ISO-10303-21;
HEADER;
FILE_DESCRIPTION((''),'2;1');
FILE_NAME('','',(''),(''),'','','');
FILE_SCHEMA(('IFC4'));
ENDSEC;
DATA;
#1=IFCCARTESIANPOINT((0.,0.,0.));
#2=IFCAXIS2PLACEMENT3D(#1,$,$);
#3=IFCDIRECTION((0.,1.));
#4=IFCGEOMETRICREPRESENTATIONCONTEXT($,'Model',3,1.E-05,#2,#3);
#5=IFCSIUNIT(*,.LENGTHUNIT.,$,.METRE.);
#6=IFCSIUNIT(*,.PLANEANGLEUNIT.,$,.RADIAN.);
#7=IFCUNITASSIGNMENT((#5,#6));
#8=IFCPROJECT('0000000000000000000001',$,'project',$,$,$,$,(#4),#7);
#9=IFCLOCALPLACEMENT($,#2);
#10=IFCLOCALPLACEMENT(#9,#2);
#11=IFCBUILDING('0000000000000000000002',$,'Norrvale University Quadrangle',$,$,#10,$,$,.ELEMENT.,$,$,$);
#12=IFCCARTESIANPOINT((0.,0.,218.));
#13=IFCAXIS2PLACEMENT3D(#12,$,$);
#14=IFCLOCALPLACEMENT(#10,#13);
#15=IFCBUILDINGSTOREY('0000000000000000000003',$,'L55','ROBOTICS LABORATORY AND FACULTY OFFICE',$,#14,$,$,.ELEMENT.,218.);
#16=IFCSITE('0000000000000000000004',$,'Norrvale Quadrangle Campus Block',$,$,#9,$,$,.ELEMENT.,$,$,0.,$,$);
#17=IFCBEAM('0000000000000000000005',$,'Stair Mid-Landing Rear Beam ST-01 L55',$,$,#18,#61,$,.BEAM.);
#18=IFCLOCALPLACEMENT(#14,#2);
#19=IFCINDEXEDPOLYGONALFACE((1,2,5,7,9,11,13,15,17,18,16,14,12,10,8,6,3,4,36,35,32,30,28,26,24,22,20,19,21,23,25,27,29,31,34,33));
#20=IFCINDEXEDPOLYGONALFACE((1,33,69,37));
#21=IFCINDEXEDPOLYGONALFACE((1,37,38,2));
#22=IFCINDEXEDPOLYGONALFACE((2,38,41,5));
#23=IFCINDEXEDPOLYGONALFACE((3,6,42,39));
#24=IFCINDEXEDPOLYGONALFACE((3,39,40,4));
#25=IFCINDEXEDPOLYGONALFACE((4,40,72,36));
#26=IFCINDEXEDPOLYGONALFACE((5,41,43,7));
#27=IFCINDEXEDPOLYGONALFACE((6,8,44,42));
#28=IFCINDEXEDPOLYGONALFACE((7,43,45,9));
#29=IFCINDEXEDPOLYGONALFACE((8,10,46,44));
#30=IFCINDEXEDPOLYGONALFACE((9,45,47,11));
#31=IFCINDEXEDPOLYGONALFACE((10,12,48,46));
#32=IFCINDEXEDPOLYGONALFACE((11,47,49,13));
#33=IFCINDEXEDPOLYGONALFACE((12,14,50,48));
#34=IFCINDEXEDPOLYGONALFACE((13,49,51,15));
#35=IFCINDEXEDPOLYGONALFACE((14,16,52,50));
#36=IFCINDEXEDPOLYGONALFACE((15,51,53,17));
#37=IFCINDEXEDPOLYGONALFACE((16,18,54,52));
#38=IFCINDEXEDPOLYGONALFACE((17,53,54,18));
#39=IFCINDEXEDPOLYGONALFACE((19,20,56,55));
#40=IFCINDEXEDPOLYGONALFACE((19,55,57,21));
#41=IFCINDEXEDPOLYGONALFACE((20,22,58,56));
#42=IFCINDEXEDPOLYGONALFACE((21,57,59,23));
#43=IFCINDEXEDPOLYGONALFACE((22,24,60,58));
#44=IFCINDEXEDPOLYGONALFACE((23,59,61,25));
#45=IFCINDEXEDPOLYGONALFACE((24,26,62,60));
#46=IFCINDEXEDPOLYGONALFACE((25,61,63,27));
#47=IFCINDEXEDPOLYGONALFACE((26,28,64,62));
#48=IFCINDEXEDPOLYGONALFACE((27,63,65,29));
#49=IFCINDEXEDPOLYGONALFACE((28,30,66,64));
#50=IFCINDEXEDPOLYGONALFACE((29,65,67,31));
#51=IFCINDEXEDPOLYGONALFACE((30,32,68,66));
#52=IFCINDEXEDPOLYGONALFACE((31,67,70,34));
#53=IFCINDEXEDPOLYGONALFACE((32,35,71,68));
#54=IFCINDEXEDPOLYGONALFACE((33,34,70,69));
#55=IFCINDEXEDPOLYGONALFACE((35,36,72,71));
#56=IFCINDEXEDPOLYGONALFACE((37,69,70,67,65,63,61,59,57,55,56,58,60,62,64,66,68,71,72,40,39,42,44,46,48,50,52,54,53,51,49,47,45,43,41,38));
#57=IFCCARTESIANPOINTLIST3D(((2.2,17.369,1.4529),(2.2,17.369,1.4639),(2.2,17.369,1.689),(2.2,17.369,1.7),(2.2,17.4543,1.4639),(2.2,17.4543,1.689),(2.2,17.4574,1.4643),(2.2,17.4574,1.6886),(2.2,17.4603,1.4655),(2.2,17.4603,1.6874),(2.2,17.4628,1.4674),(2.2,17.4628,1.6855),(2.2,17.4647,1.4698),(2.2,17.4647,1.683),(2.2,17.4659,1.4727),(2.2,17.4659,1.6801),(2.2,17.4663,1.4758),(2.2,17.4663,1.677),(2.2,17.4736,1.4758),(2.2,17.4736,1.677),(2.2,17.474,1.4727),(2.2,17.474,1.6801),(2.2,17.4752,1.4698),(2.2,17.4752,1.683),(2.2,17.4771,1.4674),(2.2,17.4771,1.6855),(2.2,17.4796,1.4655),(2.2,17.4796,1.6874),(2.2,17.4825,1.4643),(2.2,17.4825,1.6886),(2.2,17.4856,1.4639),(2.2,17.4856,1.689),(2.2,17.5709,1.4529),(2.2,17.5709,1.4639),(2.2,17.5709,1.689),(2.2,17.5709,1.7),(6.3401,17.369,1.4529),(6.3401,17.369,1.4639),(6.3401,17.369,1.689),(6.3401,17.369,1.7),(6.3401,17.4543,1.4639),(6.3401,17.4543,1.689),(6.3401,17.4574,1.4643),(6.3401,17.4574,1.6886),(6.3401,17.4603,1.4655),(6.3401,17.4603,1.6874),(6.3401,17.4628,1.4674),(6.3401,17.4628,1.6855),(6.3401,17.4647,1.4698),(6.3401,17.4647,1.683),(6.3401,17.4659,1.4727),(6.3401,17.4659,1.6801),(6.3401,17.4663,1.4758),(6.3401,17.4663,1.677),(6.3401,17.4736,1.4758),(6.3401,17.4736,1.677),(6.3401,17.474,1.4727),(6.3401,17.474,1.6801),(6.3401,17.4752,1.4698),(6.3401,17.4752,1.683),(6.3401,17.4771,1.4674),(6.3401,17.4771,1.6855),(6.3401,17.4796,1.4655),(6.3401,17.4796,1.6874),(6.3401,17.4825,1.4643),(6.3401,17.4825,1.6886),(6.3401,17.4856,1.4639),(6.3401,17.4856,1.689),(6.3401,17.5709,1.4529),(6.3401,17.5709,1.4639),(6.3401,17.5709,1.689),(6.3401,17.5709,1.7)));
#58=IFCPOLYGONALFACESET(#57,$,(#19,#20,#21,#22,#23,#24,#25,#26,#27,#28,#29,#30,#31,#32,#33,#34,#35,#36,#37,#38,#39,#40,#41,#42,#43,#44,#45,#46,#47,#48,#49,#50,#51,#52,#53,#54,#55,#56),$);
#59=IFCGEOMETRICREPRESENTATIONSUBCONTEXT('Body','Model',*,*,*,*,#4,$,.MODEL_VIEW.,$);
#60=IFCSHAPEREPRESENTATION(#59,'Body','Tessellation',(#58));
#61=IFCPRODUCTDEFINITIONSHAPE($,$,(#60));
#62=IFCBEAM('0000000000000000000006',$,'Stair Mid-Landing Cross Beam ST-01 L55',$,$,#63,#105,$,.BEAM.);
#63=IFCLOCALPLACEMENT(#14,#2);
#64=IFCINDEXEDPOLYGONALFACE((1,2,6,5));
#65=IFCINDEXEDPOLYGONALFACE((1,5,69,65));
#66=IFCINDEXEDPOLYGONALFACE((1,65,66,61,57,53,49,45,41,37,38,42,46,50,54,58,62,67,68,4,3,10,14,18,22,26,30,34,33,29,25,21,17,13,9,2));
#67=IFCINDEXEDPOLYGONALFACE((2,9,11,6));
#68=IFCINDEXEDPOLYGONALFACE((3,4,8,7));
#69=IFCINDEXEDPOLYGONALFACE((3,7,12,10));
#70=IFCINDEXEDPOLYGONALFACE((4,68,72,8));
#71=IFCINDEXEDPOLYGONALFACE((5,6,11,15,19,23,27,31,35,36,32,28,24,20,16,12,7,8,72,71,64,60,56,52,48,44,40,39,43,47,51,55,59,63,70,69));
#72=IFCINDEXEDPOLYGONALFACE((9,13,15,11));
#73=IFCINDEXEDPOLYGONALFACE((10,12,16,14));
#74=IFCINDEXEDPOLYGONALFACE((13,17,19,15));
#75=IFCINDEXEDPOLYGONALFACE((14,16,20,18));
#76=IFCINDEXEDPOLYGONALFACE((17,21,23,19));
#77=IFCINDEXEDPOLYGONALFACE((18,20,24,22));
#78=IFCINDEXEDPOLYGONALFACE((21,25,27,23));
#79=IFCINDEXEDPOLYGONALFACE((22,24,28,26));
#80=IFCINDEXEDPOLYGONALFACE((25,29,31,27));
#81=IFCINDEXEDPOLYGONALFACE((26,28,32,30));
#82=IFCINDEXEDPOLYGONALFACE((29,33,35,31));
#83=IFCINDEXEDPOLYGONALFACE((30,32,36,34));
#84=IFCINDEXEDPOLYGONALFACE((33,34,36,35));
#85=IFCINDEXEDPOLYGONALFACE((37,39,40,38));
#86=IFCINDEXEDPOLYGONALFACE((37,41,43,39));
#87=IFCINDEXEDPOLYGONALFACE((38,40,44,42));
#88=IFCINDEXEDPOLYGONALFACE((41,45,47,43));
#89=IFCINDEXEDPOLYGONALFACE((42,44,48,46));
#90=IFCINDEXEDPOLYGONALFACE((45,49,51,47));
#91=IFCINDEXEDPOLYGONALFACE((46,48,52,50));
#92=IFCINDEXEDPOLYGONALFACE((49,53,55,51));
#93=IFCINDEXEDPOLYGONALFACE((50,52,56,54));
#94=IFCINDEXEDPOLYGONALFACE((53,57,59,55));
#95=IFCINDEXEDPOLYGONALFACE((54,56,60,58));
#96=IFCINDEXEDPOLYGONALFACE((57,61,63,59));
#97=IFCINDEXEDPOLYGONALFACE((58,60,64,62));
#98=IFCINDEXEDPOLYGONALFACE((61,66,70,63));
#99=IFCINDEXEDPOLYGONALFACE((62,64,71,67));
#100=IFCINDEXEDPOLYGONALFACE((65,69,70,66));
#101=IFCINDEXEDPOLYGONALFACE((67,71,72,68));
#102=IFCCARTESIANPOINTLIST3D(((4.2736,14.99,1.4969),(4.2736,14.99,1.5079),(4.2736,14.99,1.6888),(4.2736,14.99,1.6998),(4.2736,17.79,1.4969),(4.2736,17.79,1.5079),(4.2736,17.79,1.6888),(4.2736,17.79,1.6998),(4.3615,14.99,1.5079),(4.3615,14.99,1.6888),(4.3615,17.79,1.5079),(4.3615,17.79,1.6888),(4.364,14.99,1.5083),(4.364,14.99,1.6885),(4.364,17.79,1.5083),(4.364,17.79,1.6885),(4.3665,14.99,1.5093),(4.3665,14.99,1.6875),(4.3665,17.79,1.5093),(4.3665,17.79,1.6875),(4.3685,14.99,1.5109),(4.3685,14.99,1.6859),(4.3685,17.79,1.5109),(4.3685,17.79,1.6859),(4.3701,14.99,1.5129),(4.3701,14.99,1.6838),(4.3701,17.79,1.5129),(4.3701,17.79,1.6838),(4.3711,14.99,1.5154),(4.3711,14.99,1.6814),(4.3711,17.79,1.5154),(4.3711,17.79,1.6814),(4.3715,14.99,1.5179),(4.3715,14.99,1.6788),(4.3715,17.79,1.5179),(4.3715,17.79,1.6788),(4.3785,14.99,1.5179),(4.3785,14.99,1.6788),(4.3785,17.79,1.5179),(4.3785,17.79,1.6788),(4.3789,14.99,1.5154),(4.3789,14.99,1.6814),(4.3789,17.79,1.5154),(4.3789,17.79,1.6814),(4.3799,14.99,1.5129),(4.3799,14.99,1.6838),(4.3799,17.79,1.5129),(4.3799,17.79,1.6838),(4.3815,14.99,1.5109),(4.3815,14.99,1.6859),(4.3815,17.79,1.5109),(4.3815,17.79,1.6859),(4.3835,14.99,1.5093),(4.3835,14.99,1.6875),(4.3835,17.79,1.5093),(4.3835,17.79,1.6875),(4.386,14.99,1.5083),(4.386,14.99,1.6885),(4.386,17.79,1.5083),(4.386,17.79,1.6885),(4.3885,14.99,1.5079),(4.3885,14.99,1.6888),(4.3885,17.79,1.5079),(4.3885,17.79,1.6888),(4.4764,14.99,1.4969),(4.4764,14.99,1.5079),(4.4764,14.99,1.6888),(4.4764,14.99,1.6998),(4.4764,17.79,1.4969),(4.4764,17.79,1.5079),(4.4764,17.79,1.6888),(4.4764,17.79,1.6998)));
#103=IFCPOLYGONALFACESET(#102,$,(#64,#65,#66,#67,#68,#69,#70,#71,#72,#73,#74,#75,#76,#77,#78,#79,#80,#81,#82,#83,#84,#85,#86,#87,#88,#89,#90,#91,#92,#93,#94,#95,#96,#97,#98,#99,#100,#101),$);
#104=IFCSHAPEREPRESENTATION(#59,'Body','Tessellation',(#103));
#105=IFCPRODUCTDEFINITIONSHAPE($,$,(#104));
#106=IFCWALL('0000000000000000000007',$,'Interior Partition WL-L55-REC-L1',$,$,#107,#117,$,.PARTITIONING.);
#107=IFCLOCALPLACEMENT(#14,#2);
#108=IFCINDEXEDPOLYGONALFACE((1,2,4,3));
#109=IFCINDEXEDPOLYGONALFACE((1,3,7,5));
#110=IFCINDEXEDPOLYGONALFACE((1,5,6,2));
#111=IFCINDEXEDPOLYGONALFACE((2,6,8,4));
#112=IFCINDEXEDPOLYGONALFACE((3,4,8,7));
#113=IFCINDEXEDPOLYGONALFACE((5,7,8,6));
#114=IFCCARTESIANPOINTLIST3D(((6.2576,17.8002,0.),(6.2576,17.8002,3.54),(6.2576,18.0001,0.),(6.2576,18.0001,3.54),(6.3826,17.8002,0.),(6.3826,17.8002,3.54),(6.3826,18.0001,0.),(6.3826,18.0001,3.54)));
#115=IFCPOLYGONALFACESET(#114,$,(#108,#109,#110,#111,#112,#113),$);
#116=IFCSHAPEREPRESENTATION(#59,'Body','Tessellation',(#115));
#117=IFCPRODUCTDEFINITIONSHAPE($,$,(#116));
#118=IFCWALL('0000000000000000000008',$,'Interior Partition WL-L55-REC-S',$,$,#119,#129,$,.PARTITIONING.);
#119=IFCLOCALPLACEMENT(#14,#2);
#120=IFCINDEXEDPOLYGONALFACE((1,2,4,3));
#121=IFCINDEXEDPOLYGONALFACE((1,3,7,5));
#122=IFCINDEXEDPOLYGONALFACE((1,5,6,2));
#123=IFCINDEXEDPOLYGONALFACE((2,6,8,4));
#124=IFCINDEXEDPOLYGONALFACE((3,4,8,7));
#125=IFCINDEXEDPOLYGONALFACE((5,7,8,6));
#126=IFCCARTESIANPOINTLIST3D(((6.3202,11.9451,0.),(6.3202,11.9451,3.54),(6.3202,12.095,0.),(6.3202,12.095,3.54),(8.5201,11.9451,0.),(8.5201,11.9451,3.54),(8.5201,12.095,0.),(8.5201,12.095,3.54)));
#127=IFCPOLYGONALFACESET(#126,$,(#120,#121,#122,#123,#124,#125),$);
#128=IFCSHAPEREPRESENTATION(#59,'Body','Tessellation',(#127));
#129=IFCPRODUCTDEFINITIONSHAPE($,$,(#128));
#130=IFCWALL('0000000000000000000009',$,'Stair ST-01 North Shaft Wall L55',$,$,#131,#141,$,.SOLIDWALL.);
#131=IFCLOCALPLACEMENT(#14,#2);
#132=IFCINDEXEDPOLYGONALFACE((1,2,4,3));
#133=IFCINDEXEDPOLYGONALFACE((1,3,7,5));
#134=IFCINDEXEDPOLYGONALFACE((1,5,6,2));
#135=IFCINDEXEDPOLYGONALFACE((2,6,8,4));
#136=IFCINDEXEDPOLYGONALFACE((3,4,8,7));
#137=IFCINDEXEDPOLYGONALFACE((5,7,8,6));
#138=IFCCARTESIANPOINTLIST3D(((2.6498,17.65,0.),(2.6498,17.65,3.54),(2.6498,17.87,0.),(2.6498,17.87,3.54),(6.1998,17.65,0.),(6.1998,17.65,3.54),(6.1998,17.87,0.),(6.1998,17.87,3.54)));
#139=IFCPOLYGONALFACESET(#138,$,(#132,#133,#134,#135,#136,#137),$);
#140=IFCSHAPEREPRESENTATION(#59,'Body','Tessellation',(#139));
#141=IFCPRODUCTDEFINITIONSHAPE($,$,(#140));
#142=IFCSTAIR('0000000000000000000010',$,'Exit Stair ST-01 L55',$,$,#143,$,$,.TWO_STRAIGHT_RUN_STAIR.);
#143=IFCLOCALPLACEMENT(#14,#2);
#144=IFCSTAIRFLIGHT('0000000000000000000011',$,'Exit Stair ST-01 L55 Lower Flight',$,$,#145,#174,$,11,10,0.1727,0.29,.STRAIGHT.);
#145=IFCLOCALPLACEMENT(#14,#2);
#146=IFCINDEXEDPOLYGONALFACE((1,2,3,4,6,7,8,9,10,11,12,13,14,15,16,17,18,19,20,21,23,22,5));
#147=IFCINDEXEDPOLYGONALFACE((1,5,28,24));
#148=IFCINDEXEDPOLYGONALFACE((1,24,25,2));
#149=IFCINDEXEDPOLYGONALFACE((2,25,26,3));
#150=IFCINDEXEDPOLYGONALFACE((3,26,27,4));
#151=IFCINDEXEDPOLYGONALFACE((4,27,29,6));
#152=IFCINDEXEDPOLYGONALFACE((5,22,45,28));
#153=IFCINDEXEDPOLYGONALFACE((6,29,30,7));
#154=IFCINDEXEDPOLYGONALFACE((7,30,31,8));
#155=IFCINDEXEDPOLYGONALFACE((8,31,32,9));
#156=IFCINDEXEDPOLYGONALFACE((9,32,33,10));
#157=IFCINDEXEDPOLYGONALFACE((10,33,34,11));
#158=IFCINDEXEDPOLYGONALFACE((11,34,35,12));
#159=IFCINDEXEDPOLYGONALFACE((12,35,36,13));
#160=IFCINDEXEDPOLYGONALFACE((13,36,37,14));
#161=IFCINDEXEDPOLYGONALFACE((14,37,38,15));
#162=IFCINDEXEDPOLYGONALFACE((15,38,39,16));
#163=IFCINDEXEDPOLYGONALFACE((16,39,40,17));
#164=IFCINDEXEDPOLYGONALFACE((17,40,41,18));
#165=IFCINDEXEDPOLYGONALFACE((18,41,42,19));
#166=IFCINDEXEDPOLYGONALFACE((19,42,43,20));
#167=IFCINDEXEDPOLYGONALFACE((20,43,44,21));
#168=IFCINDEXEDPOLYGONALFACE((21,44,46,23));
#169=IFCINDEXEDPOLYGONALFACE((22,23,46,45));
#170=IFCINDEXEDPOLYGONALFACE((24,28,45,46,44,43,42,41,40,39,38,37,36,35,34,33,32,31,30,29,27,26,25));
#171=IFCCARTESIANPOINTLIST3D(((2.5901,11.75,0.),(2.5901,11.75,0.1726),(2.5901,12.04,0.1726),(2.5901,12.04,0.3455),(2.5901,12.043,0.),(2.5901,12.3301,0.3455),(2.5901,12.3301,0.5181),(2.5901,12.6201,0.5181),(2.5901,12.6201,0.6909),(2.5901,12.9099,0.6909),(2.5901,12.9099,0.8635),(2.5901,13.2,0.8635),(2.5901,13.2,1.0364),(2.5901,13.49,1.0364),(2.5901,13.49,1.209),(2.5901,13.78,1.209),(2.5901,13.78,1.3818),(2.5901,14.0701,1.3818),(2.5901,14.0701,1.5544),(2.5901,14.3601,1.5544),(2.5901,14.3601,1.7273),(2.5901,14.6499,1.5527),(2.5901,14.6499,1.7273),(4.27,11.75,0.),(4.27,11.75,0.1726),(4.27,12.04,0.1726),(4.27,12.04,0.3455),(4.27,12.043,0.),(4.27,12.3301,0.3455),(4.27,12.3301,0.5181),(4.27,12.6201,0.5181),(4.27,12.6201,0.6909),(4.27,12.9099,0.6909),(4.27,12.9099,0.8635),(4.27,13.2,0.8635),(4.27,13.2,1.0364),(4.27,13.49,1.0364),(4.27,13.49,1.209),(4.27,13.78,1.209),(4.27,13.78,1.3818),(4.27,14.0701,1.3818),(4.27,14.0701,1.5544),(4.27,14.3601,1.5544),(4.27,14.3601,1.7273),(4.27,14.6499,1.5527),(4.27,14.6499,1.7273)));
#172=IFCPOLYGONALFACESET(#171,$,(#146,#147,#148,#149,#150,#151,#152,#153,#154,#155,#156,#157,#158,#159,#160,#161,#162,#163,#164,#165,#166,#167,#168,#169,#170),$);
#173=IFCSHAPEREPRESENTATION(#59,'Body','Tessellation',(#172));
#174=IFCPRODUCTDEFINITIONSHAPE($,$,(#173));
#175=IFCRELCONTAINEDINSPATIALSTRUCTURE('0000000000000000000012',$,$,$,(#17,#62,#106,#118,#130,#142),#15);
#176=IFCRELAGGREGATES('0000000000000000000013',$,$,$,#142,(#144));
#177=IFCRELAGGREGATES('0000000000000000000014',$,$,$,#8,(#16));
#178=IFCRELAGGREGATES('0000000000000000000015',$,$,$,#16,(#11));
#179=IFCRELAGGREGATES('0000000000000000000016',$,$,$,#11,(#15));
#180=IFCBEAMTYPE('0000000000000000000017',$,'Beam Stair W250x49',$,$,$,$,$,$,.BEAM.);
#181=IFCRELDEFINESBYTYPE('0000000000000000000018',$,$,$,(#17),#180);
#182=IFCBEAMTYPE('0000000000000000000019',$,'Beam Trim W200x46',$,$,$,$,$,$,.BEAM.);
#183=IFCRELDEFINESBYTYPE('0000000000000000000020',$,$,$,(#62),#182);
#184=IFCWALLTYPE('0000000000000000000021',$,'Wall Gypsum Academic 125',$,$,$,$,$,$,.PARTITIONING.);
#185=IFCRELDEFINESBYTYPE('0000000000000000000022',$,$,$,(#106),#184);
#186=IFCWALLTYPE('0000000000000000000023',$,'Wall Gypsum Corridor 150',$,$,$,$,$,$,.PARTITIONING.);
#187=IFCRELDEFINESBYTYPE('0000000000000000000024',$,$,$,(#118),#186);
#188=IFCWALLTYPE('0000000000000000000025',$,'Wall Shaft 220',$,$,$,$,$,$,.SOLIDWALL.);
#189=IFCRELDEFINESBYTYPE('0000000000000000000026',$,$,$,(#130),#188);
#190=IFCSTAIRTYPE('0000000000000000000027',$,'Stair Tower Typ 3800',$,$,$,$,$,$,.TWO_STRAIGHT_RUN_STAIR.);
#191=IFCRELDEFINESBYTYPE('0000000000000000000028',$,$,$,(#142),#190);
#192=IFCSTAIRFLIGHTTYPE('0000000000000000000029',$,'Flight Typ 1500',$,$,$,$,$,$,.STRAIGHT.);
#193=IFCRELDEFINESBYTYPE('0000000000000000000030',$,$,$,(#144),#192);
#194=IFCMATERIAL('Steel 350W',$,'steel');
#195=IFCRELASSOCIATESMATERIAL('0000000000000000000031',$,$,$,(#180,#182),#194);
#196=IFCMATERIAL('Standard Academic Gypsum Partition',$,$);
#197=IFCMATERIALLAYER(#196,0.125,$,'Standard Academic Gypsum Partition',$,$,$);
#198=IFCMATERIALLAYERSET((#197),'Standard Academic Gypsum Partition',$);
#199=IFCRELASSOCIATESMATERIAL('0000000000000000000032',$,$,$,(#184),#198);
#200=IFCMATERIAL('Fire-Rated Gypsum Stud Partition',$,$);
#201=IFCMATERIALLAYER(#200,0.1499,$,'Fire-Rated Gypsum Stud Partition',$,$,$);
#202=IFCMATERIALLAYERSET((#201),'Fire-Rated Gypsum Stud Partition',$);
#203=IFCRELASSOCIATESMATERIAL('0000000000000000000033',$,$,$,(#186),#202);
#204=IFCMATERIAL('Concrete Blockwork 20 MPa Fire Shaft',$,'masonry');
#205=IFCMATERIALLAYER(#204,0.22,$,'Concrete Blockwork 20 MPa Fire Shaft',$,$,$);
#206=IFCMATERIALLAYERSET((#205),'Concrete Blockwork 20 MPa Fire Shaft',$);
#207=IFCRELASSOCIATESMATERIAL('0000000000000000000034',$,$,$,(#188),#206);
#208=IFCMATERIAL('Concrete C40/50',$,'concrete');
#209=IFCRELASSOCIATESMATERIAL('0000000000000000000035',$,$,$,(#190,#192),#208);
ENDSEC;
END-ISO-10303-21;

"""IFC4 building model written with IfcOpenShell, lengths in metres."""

from ifc_helpers import new_model, si_unit, direction, frame, frame_2d, origin, origin_2d, place, context, subcontext, project, spatial, polyline, rectangle, i_section, outline, extrude, material, layer, layer_set, material_profile, profile_set, type_object, element, aggregate, save


model = new_model("IFC4")

# Units and contexts
model_context = context("Model", 3, precision=1e-05, world=origin(), true_north=direction((0.0, 1.0)))
body_context = subcontext(model_context, "Body", "Model", "MODEL_VIEW")
ifc_project = project(units=[si_unit("LENGTHUNIT", "METRE"), si_unit("PLANEANGLEUNIT", "RADIAN")], contexts=[model_context])

# Site, building, storey
site_placement = place(None, origin())
site = spatial("IfcSite", under=ifc_project, at=site_placement, Name="Norrvale Quadrangle Campus Block", CompositionType="ELEMENT", RefElevation=0.0)
building_placement = place(site_placement, origin())
building = spatial("IfcBuilding", under=site, at=building_placement, Name="Norrvale University Quadrangle", CompositionType="ELEMENT")
storey_placement = place(building_placement, frame((0.0, 0.0, 218.0)))
storey = spatial("IfcBuildingStorey", under=building, at=storey_placement, Name="L55", Description="ROBOTICS LABORATORY AND FACULTY OFFICE", CompositionType="ELEMENT", Elevation=218.0)

# Beams
ifc_material_1 = material(Name="Steel 350W", Category="steel")
ifc_material_profile_1 = material_profile(ifc_material_1, i_section(OverallWidth=0.2019, OverallDepth=0.2471, WebThickness=0.0073, FlangeThickness=0.011, FilletRadius=0.012, at=origin_2d()), Name="Steel 350W")
ifc_profile_set_1 = profile_set([ifc_material_profile_1], Name="Steel 350W")
beam_type_1 = type_object("IfcBeamType", Name="Beam Stair W250x49", PredefinedType="BEAM", material=ifc_profile_set_1)
for number, where, z_axis, x_axis, name in (
    (1, (2.2, 17.47, 1.5764), (1.0, 0.0, 0.0), (0.0, 1.0, 0.0), "Stair Mid-Landing Rear Beam ST-01 L55"),
):
    element("IfcBeam", number, at=place(storey_placement, frame(where, z_axis=z_axis, x_axis=x_axis)), inside=storey, type_object=beam_type_1, Name=name, PredefinedType="BEAM", context=body_context, shape_type="SweptSolid", body=[
        extrude(i_section(OverallWidth=0.2019, OverallDepth=0.2471, WebThickness=0.0073, FlangeThickness=0.011, FilletRadius=0.012, at=origin_2d()), origin(), (0.0, 0.0, 1.0), 4.1401),
    ])
ifc_material_profile_2 = material_profile(ifc_material_1, i_section(OverallWidth=0.2029, OverallDepth=0.2029, WebThickness=0.0071, FlangeThickness=0.011, FilletRadius=0.01, at=origin_2d()), Name="Steel 350W")
ifc_profile_set_2 = profile_set([ifc_material_profile_2], Name="Steel 350W")
beam_type_2 = type_object("IfcBeamType", Name="Beam Trim W200x46", PredefinedType="BEAM", material=ifc_profile_set_2)
beam_1_placement = place(storey_placement, frame((4.375, 14.99, 1.5984), z_axis=(0.0, 1.0, 0.0), x_axis=(-1.0, 0.0, 0.0)))
element("IfcBeam", 2, at=beam_1_placement, inside=storey, type_object=beam_type_2, Name="Stair Mid-Landing Cross Beam ST-01 L55", PredefinedType="BEAM", context=body_context, shape_type="SweptSolid", body=[
    extrude(i_section(OverallWidth=0.2029, OverallDepth=0.2029, WebThickness=0.0071, FlangeThickness=0.011, FilletRadius=0.01, at=origin_2d()), origin(), (0.0, 0.0, 1.0), 2.8),
])

# Walls
ifc_material_2 = material(Name="Standard Academic Gypsum Partition")
ifc_layer_1 = layer(ifc_material_2, 0.125, Name="Standard Academic Gypsum Partition")
ifc_layer_set_1 = layer_set([ifc_layer_1], Name="Standard Academic Gypsum Partition")
wall_type_1 = type_object("IfcWallType", Name="Wall Gypsum Academic 125", PredefinedType="PARTITIONING", material=ifc_layer_set_1)
wall_1_placement = place(storey_placement, frame((6.3201, 17.8, 0.0), z_axis=(0.0, 0.0, 1.0), x_axis=(0.0, 1.0, 0.0)))
element("IfcWall", 3, at=wall_1_placement, inside=storey, type_object=wall_type_1, Name="Interior Partition WL-L55-REC-L1", PredefinedType="PARTITIONING", context=body_context, shape_type="SweptSolid", body=[
    extrude(rectangle(XDim=0.2, YDim=0.125, at=frame_2d((0.1001, 0.0))), origin(), (0.0, 0.0, 1.0), 3.54),
])
ifc_material_3 = material(Name="Fire-Rated Gypsum Stud Partition")
ifc_layer_2 = layer(ifc_material_3, 0.1499, Name="Fire-Rated Gypsum Stud Partition")
ifc_layer_set_2 = layer_set([ifc_layer_2], Name="Fire-Rated Gypsum Stud Partition")
wall_type_2 = type_object("IfcWallType", Name="Wall Gypsum Corridor 150", PredefinedType="PARTITIONING", material=ifc_layer_set_2)
wall_2_placement = place(storey_placement, frame((6.3201, 12.02, 0.0), z_axis=(0.0, 0.0, 1.0), x_axis=(1.0, 0.0, 0.0)))
element("IfcWall", 4, at=wall_2_placement, inside=storey, type_object=wall_type_2, Name="Interior Partition WL-L55-REC-S", PredefinedType="PARTITIONING", context=body_context, shape_type="SweptSolid", body=[
    extrude(rectangle(XDim=2.2, YDim=0.1499, at=frame_2d((1.1001, 0.0))), origin(), (0.0, 0.0, 1.0), 3.54),
])
ifc_material_4 = material(Name="Concrete Blockwork 20 MPa Fire Shaft", Category="masonry")
ifc_layer_3 = layer(ifc_material_4, 0.22, Name="Concrete Blockwork 20 MPa Fire Shaft")
ifc_layer_set_3 = layer_set([ifc_layer_3], Name="Concrete Blockwork 20 MPa Fire Shaft")
wall_type_3 = type_object("IfcWallType", Name="Wall Shaft 220", PredefinedType="SOLIDWALL", material=ifc_layer_set_3)
wall_3_placement = place(storey_placement, frame((2.6499, 17.76, 0.0), z_axis=(0.0, 0.0, 1.0), x_axis=(1.0, 0.0, 0.0)))
element("IfcWall", 5, at=wall_3_placement, inside=storey, type_object=wall_type_3, Name="Stair ST-01 North Shaft Wall L55", PredefinedType="SOLIDWALL", context=body_context, shape_type="SweptSolid", body=[
    extrude(rectangle(XDim=3.55, YDim=0.22, at=frame_2d((1.7749, 0.0))), origin(), (0.0, 0.0, 1.0), 3.54),
])

# Stair, stair flight
ifc_material_5 = material(Name="Concrete C40/50", Category="concrete")
stair_type = type_object("IfcStairType", Name="Stair Tower Typ 3800", PredefinedType="TWO_STRAIGHT_RUN_STAIR", material=ifc_material_5)
stair_placement = place(storey_placement, origin())
stair = element("IfcStair", 6, at=stair_placement, inside=storey, type_object=stair_type, Name="Exit Stair ST-01 L55", PredefinedType="TWO_STRAIGHT_RUN_STAIR")
stair_flight_type = type_object("IfcStairFlightType", Name="Flight Typ 1500", PredefinedType="STRAIGHT", material=ifc_material_5)
stair_flight_1_placement = place(storey_placement, frame((3.4299, 11.75, 0.0), z_axis=(0.0, 0.0, 1.0), x_axis=(0.0, 1.0, 0.0)))
stair_flight_1 = element("IfcStairFlight", 7, at=stair_flight_1_placement, type_object=stair_flight_type, Name="Exit Stair ST-01 L55 Lower Flight", NumberOfRisers=11, NumberOfTreads=10, PredefinedType="STRAIGHT", RiserHeight=0.1727, TreadLength=0.29, context=body_context, shape_type="SweptSolid", body=[
    extrude(outline(polyline([(0.0, 0.0), (0.0, 0.1726), (0.29, 0.1726), (0.29, 0.3455), (0.5801, 0.3455), (0.5801, 0.5181), (0.8701, 0.5181), (0.8701, 0.6909), (1.1599, 0.6909), (1.1599, 0.8635), (1.45, 0.8635), (1.45, 1.0364), (1.74, 1.0364), (1.74, 1.209), (2.03, 1.209), (2.03, 1.3818), (2.3201, 1.3818), (2.3201, 1.5544), (2.6101, 1.5544), (2.6101, 1.7273), (2.8999, 1.7273), (2.8999, 1.8999), (2.8999, 1.5527), (0.293, 0.0), (0.0, 0.0)])), frame((0.0, 0.8398, 0.0), z_axis=(0.0, -1.0, 0.0), x_axis=(1.0, 0.0, 0.0)), (0.0, 0.0, 1.0), 1.6799),
])
aggregate(stair, [stair_flight_1])

save(model, "model.ifc")
